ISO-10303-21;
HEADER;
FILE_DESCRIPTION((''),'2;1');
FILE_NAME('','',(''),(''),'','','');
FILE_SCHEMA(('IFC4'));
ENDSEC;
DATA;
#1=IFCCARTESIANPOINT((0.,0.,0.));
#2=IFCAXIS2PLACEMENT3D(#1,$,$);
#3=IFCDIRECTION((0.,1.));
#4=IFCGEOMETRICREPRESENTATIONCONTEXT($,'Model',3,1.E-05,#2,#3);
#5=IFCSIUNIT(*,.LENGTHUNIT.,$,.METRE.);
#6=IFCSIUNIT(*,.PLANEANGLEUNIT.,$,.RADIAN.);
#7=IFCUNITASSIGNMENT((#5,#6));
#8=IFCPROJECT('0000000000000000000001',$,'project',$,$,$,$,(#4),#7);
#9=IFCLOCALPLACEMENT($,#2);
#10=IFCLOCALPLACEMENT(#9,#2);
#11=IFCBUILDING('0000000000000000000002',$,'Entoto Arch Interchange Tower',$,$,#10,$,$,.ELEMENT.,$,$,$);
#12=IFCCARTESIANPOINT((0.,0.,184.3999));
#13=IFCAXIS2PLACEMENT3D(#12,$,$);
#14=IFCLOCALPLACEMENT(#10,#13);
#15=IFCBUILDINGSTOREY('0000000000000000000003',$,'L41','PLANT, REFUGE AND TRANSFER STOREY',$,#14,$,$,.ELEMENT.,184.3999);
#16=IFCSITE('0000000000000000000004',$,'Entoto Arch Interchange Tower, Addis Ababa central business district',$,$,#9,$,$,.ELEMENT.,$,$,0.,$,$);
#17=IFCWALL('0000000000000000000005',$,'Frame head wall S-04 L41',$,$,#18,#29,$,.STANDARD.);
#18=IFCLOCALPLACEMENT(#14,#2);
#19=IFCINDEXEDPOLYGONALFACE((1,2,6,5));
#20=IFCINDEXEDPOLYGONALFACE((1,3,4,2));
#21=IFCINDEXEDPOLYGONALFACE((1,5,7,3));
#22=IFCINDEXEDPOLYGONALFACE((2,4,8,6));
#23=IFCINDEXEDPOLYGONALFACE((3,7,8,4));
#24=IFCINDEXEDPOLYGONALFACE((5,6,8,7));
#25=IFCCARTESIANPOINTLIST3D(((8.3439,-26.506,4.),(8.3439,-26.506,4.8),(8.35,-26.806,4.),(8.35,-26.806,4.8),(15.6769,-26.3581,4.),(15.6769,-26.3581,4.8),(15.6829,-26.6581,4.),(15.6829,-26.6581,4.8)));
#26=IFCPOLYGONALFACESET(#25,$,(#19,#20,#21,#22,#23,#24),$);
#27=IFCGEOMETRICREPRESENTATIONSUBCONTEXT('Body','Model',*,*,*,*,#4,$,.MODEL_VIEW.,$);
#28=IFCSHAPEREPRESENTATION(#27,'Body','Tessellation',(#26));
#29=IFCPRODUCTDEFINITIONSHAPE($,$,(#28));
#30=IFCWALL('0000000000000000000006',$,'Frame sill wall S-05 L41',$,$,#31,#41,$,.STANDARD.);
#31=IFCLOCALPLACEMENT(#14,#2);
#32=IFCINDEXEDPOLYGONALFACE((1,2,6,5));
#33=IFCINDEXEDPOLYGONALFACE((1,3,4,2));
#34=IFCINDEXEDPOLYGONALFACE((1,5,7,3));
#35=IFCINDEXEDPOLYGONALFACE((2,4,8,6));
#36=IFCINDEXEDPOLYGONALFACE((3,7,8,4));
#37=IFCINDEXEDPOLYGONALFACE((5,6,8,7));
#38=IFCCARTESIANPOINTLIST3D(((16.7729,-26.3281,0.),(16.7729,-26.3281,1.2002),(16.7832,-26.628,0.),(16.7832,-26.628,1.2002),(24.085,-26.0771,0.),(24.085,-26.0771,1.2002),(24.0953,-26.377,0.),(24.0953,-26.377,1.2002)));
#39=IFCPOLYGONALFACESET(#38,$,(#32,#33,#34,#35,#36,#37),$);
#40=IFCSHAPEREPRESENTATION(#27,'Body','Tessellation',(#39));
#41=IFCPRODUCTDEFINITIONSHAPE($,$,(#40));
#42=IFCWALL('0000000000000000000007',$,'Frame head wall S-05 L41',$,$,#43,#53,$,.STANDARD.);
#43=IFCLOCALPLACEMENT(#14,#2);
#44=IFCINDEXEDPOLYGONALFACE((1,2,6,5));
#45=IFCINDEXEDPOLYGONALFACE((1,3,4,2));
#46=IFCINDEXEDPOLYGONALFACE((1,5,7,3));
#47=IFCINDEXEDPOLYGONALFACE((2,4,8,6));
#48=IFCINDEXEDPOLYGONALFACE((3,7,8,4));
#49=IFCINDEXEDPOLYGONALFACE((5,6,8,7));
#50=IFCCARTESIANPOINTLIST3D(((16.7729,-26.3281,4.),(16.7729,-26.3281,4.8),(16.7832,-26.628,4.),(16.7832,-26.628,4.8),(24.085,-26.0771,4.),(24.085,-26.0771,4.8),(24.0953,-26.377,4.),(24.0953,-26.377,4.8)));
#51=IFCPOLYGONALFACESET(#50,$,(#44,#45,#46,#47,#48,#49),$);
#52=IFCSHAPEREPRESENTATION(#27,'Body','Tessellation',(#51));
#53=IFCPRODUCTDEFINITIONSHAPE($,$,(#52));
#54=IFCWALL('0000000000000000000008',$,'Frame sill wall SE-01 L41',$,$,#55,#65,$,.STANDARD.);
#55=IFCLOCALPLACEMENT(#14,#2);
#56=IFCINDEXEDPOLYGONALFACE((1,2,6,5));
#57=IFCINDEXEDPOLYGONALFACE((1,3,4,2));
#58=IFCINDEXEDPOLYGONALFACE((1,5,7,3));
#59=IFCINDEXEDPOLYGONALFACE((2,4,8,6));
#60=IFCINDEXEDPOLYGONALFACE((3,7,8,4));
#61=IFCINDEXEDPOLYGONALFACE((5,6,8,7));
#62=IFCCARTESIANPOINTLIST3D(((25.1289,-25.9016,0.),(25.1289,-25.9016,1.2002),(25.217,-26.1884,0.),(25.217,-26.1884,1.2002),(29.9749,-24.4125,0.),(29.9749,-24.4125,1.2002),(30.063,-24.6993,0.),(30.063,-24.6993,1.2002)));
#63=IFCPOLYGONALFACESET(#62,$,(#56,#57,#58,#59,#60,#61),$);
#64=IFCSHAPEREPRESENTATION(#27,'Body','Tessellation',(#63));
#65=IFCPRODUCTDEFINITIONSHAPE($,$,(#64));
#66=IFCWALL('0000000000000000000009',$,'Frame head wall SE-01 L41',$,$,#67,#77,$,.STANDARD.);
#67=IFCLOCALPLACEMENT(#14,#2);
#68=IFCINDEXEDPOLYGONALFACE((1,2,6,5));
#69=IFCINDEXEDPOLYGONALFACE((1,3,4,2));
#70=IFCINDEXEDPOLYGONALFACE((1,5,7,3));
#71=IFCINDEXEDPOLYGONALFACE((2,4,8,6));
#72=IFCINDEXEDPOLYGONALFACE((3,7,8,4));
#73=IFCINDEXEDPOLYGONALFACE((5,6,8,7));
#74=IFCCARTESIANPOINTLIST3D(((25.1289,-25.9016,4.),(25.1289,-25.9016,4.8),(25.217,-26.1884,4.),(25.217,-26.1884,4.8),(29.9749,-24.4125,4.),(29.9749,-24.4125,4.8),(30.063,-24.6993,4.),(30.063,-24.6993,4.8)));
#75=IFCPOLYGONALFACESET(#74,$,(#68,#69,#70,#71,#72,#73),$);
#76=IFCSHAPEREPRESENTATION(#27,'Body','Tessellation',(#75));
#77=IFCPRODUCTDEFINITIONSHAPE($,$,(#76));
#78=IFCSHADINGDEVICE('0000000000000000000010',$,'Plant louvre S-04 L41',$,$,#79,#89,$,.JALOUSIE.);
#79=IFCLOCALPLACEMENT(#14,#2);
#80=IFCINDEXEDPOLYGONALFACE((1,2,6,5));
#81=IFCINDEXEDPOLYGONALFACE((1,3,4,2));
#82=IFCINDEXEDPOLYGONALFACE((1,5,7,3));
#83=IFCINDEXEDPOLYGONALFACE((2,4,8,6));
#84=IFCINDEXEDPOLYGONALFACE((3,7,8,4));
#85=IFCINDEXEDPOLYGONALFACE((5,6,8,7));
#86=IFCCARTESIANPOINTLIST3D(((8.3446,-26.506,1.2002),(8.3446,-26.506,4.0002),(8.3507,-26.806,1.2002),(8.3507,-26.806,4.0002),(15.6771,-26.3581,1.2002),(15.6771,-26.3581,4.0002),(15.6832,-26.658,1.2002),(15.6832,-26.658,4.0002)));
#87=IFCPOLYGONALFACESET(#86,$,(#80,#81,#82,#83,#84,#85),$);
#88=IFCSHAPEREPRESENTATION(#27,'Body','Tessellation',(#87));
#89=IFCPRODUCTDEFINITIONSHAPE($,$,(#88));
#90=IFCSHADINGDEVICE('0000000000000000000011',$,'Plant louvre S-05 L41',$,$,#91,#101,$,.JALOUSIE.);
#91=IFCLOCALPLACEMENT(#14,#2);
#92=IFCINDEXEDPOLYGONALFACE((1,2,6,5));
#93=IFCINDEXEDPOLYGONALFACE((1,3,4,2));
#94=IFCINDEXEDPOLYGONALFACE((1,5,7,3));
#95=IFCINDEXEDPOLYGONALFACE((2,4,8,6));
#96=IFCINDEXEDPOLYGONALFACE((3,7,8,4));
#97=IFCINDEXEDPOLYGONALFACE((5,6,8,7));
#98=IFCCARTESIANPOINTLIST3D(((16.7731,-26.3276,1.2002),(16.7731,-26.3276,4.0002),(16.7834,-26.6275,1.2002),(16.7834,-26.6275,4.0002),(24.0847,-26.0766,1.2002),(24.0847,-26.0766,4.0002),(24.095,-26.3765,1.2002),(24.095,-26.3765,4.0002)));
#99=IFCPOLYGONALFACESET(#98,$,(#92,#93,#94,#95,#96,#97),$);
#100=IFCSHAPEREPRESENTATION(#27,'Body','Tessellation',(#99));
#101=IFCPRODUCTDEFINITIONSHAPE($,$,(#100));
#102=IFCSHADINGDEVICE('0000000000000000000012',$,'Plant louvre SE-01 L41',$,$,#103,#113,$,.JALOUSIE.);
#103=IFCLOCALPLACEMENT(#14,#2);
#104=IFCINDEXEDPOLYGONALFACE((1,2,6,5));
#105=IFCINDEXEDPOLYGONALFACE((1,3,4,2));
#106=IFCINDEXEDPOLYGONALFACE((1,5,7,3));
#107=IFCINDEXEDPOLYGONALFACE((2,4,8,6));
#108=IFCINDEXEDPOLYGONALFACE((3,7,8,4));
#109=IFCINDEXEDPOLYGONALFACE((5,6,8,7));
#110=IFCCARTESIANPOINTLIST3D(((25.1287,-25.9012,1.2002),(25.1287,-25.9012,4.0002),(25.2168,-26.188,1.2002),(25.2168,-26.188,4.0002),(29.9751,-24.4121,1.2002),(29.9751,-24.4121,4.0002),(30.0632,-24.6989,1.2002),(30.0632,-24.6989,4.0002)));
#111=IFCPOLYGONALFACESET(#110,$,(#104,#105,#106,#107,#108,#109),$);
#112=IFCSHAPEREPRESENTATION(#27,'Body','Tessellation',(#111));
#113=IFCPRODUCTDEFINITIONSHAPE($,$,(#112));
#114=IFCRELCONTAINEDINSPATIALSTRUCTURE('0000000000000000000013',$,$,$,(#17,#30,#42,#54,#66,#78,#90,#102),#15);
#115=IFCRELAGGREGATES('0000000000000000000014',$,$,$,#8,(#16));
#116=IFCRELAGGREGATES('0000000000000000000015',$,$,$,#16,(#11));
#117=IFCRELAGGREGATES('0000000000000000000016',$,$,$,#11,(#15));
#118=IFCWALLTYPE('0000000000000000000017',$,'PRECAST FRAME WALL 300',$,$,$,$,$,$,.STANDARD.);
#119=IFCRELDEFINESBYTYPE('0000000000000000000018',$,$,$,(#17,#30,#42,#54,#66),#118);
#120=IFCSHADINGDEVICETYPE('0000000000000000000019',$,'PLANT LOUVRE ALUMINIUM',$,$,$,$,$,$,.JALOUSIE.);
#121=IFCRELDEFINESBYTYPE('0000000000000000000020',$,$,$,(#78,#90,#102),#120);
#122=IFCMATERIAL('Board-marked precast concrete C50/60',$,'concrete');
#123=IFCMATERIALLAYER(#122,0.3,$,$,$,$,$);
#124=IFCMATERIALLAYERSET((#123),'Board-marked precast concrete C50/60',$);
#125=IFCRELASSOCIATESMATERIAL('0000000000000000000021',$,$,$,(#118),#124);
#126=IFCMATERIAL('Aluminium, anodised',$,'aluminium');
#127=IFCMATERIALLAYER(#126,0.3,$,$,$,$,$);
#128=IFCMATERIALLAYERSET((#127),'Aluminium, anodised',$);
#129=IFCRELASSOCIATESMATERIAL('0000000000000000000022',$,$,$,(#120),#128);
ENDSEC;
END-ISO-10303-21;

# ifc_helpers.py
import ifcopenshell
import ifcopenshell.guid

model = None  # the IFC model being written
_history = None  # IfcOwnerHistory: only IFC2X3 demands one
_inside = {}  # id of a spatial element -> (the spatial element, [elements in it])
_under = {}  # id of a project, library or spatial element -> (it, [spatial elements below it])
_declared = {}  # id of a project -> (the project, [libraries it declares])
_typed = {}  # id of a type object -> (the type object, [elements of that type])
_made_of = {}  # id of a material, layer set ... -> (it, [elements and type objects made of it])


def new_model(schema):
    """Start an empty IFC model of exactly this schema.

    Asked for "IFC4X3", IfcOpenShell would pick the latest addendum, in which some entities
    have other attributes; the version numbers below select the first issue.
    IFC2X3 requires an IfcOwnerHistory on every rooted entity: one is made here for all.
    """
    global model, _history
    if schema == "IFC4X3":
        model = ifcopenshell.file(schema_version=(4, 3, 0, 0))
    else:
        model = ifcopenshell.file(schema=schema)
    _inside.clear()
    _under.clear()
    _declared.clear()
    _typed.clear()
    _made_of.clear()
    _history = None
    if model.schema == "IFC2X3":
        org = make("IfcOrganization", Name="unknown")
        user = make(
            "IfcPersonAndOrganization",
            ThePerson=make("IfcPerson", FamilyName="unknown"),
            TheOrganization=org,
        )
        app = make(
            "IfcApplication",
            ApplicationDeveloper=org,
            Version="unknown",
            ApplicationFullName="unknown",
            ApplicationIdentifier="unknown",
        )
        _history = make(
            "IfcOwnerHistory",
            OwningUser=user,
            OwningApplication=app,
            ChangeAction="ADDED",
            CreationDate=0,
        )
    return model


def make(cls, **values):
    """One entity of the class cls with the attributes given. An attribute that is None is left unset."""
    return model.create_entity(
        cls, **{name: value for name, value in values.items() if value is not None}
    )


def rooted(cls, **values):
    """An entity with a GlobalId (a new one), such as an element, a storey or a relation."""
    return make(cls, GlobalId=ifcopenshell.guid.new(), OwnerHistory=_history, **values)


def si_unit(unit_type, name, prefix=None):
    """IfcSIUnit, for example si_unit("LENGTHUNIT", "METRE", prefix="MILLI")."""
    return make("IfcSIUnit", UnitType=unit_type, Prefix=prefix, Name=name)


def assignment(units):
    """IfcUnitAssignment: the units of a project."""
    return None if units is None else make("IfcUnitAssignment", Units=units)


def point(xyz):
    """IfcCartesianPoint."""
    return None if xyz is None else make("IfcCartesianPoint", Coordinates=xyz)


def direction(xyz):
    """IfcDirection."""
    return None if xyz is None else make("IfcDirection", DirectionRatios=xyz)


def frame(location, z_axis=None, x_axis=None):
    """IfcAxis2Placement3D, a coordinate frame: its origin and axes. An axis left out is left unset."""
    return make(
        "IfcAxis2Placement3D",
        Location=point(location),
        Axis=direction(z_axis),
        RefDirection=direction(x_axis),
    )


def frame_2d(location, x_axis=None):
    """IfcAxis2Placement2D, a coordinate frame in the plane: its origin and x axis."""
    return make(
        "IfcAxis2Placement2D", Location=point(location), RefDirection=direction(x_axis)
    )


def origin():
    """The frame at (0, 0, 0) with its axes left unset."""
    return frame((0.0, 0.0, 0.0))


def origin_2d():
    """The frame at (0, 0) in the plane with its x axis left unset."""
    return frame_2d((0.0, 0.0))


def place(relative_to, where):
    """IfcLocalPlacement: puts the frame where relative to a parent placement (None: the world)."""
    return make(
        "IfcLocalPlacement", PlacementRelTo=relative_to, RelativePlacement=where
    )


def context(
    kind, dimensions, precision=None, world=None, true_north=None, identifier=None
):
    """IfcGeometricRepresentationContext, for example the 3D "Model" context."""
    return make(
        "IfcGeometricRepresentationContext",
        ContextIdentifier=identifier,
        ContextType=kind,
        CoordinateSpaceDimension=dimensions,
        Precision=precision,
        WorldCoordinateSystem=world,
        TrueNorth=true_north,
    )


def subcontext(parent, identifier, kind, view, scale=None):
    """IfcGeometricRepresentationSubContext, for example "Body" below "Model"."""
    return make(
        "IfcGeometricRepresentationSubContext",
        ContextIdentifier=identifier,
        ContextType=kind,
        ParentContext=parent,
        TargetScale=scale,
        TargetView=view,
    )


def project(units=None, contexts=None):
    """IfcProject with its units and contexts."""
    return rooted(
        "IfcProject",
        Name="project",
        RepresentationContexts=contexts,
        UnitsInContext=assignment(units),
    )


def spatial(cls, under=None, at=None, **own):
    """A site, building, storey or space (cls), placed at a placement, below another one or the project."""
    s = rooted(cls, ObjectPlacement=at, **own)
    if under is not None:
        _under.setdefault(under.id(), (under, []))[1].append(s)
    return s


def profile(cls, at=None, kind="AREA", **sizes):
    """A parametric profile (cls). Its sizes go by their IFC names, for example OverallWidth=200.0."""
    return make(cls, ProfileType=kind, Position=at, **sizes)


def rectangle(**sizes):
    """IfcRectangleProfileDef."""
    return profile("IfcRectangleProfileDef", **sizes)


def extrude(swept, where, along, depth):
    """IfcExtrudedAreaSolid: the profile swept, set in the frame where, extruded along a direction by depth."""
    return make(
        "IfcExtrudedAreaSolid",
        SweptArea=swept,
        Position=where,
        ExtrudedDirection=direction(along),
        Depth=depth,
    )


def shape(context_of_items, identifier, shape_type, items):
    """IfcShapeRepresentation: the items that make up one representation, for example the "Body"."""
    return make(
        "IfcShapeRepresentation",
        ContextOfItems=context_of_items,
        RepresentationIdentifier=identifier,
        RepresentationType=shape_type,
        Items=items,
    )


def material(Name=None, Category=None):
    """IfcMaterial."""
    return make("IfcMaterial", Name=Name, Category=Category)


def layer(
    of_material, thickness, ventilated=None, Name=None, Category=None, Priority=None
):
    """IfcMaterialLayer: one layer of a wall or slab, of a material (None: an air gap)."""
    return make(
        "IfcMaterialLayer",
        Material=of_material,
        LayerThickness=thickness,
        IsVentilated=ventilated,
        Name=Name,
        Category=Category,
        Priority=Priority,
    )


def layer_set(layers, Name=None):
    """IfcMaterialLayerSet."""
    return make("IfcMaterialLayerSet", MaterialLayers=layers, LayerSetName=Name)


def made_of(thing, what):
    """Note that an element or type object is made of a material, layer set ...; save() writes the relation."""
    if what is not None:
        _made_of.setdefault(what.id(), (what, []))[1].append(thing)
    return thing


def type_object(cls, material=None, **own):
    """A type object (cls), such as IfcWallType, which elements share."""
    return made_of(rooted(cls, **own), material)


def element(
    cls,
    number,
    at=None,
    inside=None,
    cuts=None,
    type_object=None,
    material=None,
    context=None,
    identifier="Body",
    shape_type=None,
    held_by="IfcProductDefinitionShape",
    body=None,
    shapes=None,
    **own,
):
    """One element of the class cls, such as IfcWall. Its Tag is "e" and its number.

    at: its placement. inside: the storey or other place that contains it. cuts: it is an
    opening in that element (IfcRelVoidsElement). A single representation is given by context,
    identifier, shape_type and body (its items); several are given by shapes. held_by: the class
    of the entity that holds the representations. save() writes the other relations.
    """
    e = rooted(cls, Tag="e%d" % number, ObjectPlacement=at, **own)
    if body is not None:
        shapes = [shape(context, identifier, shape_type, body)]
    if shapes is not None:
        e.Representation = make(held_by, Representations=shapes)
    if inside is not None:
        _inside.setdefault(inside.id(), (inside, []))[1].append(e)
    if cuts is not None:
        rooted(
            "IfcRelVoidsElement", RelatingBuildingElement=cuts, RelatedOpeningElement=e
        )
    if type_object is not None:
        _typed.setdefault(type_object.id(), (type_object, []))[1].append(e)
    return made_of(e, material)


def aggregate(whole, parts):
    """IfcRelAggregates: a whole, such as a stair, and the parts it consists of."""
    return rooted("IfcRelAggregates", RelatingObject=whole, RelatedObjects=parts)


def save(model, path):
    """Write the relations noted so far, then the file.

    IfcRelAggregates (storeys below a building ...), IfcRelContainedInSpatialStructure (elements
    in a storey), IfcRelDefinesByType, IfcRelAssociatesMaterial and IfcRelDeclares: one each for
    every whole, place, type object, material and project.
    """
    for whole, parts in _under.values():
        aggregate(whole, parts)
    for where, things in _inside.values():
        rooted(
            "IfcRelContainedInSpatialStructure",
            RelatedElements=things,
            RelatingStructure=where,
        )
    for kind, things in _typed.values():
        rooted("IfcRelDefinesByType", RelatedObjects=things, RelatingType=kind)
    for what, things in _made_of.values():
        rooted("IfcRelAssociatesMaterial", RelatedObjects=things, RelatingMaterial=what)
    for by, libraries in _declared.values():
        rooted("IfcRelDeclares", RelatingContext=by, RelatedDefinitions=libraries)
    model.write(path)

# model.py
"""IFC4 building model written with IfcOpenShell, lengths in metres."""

from ifc_helpers import new_model, si_unit, direction, frame, frame_2d, origin, origin_2d, place, context, subcontext, project, spatial, rectangle, extrude, material, layer, layer_set, type_object, element, save


model = new_model("IFC4")

# Units and contexts
model_context = context("Model", 3, precision=1e-05, world=origin(), true_north=direction((0.0, 1.0)))
body_context = subcontext(model_context, "Body", "Model", "MODEL_VIEW")
ifc_project = project(units=[si_unit("LENGTHUNIT", "METRE"), si_unit("PLANEANGLEUNIT", "RADIAN")], contexts=[model_context])

# Site, building, storey
site_placement = place(None, origin())
site = spatial("IfcSite", under=ifc_project, at=site_placement, Name="Entoto Arch Interchange Tower, Addis Ababa central business district", CompositionType="ELEMENT", RefElevation=0.0)
building_placement = place(site_placement, origin())
building = spatial("IfcBuilding", under=site, at=building_placement, Name="Entoto Arch Interchange Tower", CompositionType="ELEMENT")
storey_placement = place(building_placement, frame((0.0, 0.0, 184.3999)))
storey = spatial("IfcBuildingStorey", under=building, at=storey_placement, Name="L41", Description="PLANT, REFUGE AND TRANSFER STOREY", CompositionType="ELEMENT", Elevation=184.3999)

# Walls
ifc_material_1 = material(Name="Board-marked precast concrete C50/60", Category="concrete")
ifc_layer_1 = layer(ifc_material_1, 0.3)
ifc_layer_set_1 = layer_set([ifc_layer_1], Name="Board-marked precast concrete C50/60")
wall_type_1 = type_object("IfcWallType", Name="PRECAST FRAME WALL 300", PredefinedType="STANDARD", material=ifc_layer_set_1)
wall_1_placement = place(storey_placement, frame((8.3469, -26.656, 4.0), z_axis=(0.0, 0.0, 1.0), x_axis=(0.999797, 0.020172, 0.0)))
element("IfcWall", 1, at=wall_1_placement, inside=storey, type_object=wall_type_1, Name="Frame head wall S-04 L41", PredefinedType="STANDARD", context=body_context, shape_type="SweptSolid", body=[
    extrude(rectangle(XDim=7.3345, YDim=0.3, at=frame_2d((3.6672, 0.0))), origin(), (0.0, 0.0, 1.0), 0.8),
])
wall_2_placement = place(storey_placement, frame((16.7781, -26.478, 0.0), z_axis=(0.0, 0.0, 1.0), x_axis=(0.999411, 0.034304, 0.0)))
element("IfcWall", 2, at=wall_2_placement, inside=storey, type_object=wall_type_1, Name="Frame sill wall S-05 L41", PredefinedType="STANDARD", context=body_context, shape_type="SweptSolid", body=[
    extrude(rectangle(XDim=7.3164, YDim=0.3, at=frame_2d((3.6582, 0.0))), origin(), (0.0, 0.0, 1.0), 1.2002),
])
wall_3_placement = place(storey_placement, frame((16.7781, -26.478, 4.0), z_axis=(0.0, 0.0, 1.0), x_axis=(0.999411, 0.034304, 0.0)))
element("IfcWall", 3, at=wall_3_placement, inside=storey, type_object=wall_type_1, Name="Frame head wall S-05 L41", PredefinedType="STANDARD", context=body_context, shape_type="SweptSolid", body=[
    extrude(rectangle(XDim=7.3164, YDim=0.3, at=frame_2d((3.6582, 0.0))), origin(), (0.0, 0.0, 1.0), 0.8),
])
wall_4_placement = place(storey_placement, frame((25.1731, -26.0449, 0.0), z_axis=(0.0, 0.0, 1.0), x_axis=(0.955892, 0.293717, 0.0)))
element("IfcWall", 4, at=wall_4_placement, inside=storey, type_object=wall_type_1, Name="Frame sill wall SE-01 L41", PredefinedType="STANDARD", context=body_context, shape_type="SweptSolid", body=[
    extrude(rectangle(XDim=5.0696, YDim=0.3, at=frame_2d((2.5347, 0.0))), origin(), (0.0, 0.0, 1.0), 1.2002),
])
wall_5_placement = place(storey_placement, frame((25.1731, -26.0449, 4.0), z_axis=(0.0, 0.0, 1.0), x_axis=(0.955892, 0.293717, 0.0)))
element("IfcWall", 5, at=wall_5_placement, inside=storey, type_object=wall_type_1, Name="Frame head wall SE-01 L41", PredefinedType="STANDARD", context=body_context, shape_type="SweptSolid", body=[
    extrude(rectangle(XDim=5.0696, YDim=0.3, at=frame_2d((2.5347, 0.0))), origin(), (0.0, 0.0, 1.0), 0.8),
])

# Shading devices
ifc_material_2 = material(Name="Aluminium, anodised", Category="aluminium")
ifc_layer_2 = layer(ifc_material_2, 0.3)
ifc_layer_set_2 = layer_set([ifc_layer_2], Name="Aluminium, anodised")
shading_device_type = type_object("IfcShadingDeviceType", Name="PLANT LOUVRE ALUMINIUM", PredefinedType="JALOUSIE", material=ifc_layer_set_2)
shading_device_1_placement = place(storey_placement, frame((12.0139, -26.582, 1.2002), z_axis=(0.0, 0.0, 1.0), x_axis=(0.999796, 0.020175, 0.0)))
element("IfcShadingDevice", 6, at=shading_device_1_placement, inside=storey, type_object=shading_device_type, Name="Plant louvre S-04 L41", PredefinedType="JALOUSIE", context=body_context, shape_type="SweptSolid", body=[
    extrude(rectangle(XDim=7.334, YDim=0.3, at=origin_2d()), origin(), (0.0, 0.0, 1.0), 2.8),
])
shading_device_2_placement = place(storey_placement, frame((20.4341, -26.3521, 1.2002), z_axis=(0.0, 0.0, 1.0), x_axis=(0.999411, 0.034306, 0.0)))
element("IfcShadingDevice", 7, at=shading_device_2_placement, inside=storey, type_object=shading_device_type, Name="Plant louvre S-05 L41", PredefinedType="JALOUSIE", context=body_context, shape_type="SweptSolid", body=[
    extrude(rectangle(XDim=7.3159, YDim=0.3, at=origin_2d()), origin(), (0.0, 0.0, 1.0), 2.8),
])
shading_device_3_placement = place(storey_placement, frame((27.5959, -25.3, 1.2002), z_axis=(0.0, 0.0, 1.0), x_axis=(0.955896, 0.293707, 0.0)))
element("IfcShadingDevice", 8, at=shading_device_3_placement, inside=storey, type_object=shading_device_type, Name="Plant louvre SE-01 L41", PredefinedType="JALOUSIE", context=body_context, shape_type="SweptSolid", body=[
    extrude(rectangle(XDim=5.0701, YDim=0.3, at=origin_2d()), origin(), (0.0, 0.0, 1.0), 2.8),
])

save(model, "model.ifc")
